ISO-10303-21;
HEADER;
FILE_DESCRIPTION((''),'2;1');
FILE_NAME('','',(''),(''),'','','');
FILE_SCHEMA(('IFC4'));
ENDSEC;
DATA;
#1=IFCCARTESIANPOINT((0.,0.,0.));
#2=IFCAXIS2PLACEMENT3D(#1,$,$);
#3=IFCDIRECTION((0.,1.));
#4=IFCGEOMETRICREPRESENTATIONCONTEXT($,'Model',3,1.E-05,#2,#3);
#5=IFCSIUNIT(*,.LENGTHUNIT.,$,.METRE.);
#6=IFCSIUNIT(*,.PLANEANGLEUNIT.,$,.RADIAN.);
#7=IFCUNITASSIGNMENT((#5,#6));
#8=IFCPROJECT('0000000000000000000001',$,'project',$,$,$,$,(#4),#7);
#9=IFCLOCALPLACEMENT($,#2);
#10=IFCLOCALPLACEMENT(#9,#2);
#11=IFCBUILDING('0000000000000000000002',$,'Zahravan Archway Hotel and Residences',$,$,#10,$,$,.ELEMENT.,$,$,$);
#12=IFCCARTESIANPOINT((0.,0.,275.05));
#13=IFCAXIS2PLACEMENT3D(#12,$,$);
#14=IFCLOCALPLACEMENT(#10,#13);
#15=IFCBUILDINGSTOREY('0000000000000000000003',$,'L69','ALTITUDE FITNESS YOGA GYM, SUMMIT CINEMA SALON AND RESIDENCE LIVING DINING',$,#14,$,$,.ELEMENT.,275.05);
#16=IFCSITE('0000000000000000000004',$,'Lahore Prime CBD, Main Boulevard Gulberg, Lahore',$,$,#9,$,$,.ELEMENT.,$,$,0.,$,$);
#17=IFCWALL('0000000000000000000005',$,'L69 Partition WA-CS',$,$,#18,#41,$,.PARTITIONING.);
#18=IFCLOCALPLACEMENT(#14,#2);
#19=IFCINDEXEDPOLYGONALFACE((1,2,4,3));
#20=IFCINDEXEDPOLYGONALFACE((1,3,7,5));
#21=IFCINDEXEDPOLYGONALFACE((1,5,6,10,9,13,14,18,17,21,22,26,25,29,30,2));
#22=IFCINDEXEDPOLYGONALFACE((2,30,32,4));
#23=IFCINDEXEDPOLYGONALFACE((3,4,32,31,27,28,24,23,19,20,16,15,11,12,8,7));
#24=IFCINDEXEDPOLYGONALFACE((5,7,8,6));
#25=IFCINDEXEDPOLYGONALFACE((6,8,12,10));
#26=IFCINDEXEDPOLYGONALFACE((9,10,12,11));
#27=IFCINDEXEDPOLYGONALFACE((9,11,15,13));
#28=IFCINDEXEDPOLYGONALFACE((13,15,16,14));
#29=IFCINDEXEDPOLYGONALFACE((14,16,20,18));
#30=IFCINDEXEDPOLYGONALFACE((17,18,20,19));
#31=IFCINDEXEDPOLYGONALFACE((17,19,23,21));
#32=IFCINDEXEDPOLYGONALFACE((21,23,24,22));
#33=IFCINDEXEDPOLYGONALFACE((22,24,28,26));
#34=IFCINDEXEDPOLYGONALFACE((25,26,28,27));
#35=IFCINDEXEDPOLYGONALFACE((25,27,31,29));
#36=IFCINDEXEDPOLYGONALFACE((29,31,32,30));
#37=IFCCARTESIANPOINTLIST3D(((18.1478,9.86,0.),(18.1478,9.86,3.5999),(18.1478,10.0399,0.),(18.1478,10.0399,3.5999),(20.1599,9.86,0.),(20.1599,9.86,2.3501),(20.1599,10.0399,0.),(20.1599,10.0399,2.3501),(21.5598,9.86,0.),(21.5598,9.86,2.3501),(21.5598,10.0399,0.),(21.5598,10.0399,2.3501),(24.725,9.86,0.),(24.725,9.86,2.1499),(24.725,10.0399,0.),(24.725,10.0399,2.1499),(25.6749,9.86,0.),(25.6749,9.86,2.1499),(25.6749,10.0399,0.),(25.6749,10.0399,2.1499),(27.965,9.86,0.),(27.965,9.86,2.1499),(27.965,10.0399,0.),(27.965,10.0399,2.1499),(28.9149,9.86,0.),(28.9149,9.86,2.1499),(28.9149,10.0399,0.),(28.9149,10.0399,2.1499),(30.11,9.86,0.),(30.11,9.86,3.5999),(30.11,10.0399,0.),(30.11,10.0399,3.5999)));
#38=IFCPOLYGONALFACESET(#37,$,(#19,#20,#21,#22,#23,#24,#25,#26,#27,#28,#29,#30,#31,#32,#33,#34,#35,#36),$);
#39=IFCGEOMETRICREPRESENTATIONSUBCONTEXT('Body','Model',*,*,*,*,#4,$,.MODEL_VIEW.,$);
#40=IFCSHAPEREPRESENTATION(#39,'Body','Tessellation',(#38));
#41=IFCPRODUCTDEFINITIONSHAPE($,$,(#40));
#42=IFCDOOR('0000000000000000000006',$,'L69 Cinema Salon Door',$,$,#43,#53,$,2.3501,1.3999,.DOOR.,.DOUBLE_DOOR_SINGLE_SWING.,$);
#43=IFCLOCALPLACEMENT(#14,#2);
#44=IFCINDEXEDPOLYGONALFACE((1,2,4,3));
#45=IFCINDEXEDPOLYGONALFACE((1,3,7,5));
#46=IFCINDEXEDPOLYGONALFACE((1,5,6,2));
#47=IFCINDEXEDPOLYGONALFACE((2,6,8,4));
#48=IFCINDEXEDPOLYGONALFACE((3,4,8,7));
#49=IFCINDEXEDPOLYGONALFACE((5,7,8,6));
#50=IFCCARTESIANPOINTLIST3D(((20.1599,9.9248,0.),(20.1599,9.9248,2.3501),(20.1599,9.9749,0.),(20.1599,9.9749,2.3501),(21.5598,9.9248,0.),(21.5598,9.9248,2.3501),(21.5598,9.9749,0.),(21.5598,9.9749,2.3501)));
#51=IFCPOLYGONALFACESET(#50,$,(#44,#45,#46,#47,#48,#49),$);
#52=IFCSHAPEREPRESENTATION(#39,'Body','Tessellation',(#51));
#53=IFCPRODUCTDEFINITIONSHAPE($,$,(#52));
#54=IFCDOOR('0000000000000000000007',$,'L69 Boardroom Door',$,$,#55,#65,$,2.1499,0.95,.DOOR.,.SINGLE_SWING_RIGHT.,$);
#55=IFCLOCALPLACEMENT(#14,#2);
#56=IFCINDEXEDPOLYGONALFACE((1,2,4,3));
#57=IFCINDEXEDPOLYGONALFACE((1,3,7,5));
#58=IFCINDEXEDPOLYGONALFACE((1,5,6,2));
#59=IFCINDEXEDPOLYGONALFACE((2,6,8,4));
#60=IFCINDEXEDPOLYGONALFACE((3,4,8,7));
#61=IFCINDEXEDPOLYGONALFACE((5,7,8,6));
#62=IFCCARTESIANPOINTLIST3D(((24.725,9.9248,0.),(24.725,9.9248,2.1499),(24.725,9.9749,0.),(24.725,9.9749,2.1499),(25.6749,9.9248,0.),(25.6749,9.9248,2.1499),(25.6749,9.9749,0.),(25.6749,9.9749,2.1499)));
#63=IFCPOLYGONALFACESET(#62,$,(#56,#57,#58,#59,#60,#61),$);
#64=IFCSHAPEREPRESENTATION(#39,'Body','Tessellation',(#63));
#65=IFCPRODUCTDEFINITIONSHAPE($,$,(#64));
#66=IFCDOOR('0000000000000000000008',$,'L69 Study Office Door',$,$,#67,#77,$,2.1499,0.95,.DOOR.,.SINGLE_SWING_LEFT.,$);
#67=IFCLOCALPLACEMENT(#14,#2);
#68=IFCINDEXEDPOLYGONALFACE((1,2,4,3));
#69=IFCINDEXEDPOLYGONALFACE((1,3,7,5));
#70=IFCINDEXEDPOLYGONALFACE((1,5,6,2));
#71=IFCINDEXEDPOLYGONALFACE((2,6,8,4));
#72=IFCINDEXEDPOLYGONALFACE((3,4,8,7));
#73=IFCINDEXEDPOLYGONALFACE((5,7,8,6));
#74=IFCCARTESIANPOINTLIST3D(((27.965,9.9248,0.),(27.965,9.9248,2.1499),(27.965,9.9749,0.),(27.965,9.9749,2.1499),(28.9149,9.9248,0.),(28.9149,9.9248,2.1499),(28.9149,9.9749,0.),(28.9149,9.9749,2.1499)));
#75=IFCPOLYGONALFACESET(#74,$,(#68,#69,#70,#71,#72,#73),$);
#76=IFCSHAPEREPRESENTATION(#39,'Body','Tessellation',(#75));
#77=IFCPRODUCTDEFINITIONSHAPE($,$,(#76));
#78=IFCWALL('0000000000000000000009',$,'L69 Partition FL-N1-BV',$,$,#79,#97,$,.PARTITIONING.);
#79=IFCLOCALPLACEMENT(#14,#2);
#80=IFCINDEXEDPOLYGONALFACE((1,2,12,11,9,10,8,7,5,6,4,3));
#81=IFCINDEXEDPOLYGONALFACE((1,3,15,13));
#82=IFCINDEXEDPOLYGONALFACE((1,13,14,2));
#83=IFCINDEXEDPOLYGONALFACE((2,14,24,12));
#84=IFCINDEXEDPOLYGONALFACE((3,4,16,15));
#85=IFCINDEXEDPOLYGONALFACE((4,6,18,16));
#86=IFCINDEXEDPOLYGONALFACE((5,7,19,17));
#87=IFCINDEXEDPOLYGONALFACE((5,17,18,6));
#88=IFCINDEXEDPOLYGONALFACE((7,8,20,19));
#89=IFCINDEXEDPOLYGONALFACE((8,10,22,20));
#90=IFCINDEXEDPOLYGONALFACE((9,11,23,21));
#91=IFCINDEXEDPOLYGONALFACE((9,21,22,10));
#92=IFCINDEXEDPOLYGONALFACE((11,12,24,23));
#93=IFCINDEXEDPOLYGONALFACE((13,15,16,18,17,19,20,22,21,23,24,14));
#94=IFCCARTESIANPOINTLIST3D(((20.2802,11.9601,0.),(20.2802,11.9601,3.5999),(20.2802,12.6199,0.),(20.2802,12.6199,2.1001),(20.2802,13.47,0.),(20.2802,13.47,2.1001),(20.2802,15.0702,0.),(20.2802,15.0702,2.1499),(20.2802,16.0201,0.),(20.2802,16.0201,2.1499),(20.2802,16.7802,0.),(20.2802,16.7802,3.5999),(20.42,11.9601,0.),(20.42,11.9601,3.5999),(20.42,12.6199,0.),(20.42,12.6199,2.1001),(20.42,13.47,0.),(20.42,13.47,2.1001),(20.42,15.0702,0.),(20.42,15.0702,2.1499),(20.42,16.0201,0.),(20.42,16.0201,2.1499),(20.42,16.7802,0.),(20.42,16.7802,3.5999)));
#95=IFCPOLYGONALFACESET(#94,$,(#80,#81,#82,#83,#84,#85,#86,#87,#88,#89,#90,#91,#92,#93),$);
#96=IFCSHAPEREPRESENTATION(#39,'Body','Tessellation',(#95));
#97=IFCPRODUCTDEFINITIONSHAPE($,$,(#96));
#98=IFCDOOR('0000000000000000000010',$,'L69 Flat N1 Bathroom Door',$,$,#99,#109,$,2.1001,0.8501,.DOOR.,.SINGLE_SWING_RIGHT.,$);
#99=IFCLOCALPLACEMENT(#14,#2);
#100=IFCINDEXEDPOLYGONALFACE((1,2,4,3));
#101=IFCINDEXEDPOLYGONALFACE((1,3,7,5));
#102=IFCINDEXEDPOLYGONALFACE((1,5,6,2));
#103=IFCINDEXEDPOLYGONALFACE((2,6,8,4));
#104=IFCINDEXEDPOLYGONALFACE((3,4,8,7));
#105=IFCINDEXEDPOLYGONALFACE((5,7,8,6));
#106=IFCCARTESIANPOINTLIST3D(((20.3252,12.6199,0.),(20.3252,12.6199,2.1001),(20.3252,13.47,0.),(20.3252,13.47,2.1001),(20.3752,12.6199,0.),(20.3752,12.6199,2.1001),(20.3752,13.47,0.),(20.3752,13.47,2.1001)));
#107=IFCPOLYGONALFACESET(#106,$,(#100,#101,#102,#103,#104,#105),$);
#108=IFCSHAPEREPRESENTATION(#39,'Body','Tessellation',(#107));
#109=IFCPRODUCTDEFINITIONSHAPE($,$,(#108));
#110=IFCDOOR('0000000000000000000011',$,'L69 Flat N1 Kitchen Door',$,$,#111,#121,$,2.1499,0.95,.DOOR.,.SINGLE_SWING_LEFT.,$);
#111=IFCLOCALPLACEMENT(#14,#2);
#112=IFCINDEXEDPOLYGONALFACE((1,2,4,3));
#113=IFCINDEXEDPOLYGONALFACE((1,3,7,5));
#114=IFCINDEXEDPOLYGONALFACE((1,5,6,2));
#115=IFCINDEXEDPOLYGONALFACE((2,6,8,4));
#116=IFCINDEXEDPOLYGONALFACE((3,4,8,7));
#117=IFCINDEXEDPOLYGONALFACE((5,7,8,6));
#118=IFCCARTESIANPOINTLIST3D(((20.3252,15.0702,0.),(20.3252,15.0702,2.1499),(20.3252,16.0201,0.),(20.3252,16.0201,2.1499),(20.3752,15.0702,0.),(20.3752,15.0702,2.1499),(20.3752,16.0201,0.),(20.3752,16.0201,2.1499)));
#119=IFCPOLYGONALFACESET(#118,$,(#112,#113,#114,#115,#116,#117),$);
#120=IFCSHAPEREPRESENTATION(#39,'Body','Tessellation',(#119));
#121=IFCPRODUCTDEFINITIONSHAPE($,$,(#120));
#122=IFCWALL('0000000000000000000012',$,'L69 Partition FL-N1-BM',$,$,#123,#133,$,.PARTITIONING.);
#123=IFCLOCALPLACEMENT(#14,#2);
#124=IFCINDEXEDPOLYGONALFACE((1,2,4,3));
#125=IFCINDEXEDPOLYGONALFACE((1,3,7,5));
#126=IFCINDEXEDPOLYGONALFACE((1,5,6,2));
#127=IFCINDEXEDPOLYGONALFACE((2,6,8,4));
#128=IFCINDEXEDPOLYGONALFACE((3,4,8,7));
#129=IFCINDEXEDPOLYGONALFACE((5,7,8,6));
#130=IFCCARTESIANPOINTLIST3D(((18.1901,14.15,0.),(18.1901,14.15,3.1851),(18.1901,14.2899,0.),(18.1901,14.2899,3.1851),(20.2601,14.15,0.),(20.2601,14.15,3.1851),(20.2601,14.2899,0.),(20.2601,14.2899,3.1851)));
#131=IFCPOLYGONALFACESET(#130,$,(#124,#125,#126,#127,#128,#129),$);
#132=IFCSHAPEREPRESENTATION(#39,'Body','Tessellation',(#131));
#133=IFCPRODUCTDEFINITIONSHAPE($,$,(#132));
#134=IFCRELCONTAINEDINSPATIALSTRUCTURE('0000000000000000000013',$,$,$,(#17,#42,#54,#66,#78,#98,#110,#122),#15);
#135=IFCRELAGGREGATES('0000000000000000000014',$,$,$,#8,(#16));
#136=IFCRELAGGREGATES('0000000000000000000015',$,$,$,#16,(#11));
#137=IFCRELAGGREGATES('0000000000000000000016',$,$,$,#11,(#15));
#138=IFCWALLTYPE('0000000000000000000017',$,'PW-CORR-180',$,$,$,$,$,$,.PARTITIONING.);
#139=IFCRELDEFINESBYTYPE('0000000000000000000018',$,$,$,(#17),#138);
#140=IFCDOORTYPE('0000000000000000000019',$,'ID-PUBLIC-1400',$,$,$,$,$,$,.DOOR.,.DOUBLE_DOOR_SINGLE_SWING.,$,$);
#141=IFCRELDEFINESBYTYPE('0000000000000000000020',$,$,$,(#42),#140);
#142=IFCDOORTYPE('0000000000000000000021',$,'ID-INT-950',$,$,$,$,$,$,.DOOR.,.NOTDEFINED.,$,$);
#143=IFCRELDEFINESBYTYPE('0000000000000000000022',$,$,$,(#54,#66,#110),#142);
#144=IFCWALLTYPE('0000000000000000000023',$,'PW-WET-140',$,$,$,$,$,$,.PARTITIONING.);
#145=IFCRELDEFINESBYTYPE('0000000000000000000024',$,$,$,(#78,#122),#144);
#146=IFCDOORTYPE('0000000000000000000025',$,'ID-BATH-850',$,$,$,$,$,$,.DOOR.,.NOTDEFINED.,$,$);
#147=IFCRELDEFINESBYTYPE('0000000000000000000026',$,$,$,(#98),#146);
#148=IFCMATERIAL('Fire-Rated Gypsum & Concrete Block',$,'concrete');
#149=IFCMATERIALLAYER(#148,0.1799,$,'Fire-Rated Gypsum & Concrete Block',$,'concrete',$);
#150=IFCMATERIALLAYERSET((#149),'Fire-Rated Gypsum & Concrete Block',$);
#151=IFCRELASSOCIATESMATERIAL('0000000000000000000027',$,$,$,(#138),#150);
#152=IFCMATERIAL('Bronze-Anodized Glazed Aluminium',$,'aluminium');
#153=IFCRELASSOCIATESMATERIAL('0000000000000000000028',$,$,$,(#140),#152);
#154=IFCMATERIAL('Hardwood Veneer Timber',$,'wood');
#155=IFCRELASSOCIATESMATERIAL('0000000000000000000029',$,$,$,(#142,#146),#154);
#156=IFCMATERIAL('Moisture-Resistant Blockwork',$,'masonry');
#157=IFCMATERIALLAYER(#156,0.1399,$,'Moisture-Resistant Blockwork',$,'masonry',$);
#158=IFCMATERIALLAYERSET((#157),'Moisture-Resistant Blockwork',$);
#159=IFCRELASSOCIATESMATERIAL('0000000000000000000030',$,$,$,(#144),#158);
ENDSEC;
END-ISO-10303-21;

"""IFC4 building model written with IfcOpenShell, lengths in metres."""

from ifc_helpers import new_model, si_unit, direction, frame, frame_2d, origin, place, context, subcontext, project, spatial, rectangle, extrude, source, transform, mapped, material, layer, layer_set, type_object, type_shapes, element, fill, save


model = new_model("IFC4")

# Units and contexts
model_context = context("Model", 3, precision=1e-05, world=origin(), true_north=direction((0.0, 1.0)))
body_context = subcontext(model_context, "Body", "Model", "MODEL_VIEW")
ifc_project = project(units=[si_unit("LENGTHUNIT", "METRE"), si_unit("PLANEANGLEUNIT", "RADIAN")], contexts=[model_context])

# Site, building, storey
site_placement = place(None, origin())
site = spatial("IfcSite", under=ifc_project, at=site_placement, Name="Lahore Prime CBD, Main Boulevard Gulberg, Lahore", CompositionType="ELEMENT", RefElevation=0.0)
building_placement = place(site_placement, origin())
building = spatial("IfcBuilding", under=site, at=building_placement, Name="Zahravan Archway Hotel and Residences", CompositionType="ELEMENT")
storey_placement = place(building_placement, frame((0.0, 0.0, 275.05)))
storey = spatial("IfcBuildingStorey", under=building, at=storey_placement, Name="L69", Description="ALTITUDE FITNESS YOGA GYM, SUMMIT CINEMA SALON AND RESIDENCE LIVING DINING", CompositionType="ELEMENT", Elevation=275.05)

# Shared definitions
ifc_material_1 = material(Name="Fire-Rated Gypsum & Concrete Block", Category="concrete")
ifc_material_2 = material(Name="Hardwood Veneer Timber", Category="wood")

# Walls, openings, doors
ifc_layer_1 = layer(ifc_material_1, 0.1799, Name="Fire-Rated Gypsum & Concrete Block", Category="concrete")
ifc_layer_set_1 = layer_set([ifc_layer_1], Name="Fire-Rated Gypsum & Concrete Block")
wall_type_1 = type_object("IfcWallType", Name="PW-CORR-180", PredefinedType="PARTITIONING", material=ifc_layer_set_1)
wall_1_placement = place(storey_placement, frame((18.1479, 9.95, 0.0), z_axis=(0.0, 0.0, 1.0), x_axis=(1.0, 0.0, 0.0)))
wall_1 = element("IfcWall", 1, at=wall_1_placement, inside=storey, type_object=wall_type_1, Name="L69 Partition WA-CS", PredefinedType="PARTITIONING", context=body_context, shape_type="SweptSolid", body=[
    extrude(rectangle(XDim=11.9622, YDim=0.1799, at=frame_2d((5.981, 0.0))), origin(), (0.0, 0.0, 1.0), 3.5999),
])
opening_1_placement = place(wall_1_placement, frame((2.012, 0.0, 0.0)))
opening_1 = element("IfcOpeningElement", 2, at=opening_1_placement, cuts=wall_1, PredefinedType="OPENING", context=body_context, shape_type="SweptSolid", body=[
    extrude(rectangle(XDim=1.3999, YDim=2.3501, at=frame_2d((0.7, 1.175))), frame((0.0, 0.1001, 0.0), z_axis=(0.0, -1.0, 0.0), x_axis=(1.0, 0.0, 0.0)), (0.0, 0.0, 1.0), 0.2),
])
opening_2_placement = place(wall_1_placement, frame((6.5769, 0.0, 0.0)))
opening_2 = element("IfcOpeningElement", 3, at=opening_2_placement, cuts=wall_1, PredefinedType="OPENING", context=body_context, shape_type="SweptSolid", body=[
    extrude(rectangle(XDim=0.95, YDim=2.1499, at=frame_2d((0.4751, 1.075))), frame((0.0, 0.1001, 0.0), z_axis=(0.0, -1.0, 0.0), x_axis=(1.0, 0.0, 0.0)), (0.0, 0.0, 1.0), 0.2),
])
opening_3_placement = place(wall_1_placement, frame((9.8169, 0.0, 0.0)))
opening_3 = element("IfcOpeningElement", 4, at=opening_3_placement, cuts=wall_1, PredefinedType="OPENING", context=body_context, shape_type="SweptSolid", body=[
    extrude(rectangle(XDim=0.95, YDim=2.1499, at=frame_2d((0.4751, 1.075))), frame((0.0, 0.1001, 0.0), z_axis=(0.0, -1.0, 0.0), x_axis=(1.0, 0.0, 0.0)), (0.0, 0.0, 1.0), 0.2),
])
ifc_material_3 = material(Name="Bronze-Anodized Glazed Aluminium", Category="aluminium")
door_type_1 = type_object("IfcDoorType", Name="ID-PUBLIC-1400", OperationType="DOUBLE_DOOR_SINGLE_SWING", PredefinedType="DOOR", material=ifc_material_3)
shared_shape_1 = source(origin(), body_context, "Body", "SweptSolid", [
    extrude(rectangle(XDim=1.3999, YDim=2.3501, at=frame_2d((0.7, 1.175))), frame((0.0, 0.0249, 0.0), z_axis=(0.0, -1.0, 0.0), x_axis=(1.0, 0.0, 0.0)), (0.0, 0.0, 1.0), 0.05),
])
type_shapes(door_type_1, [shared_shape_1])
door_1_placement = place(opening_1_placement, origin())
door_1 = element("IfcDoor", 5, at=door_1_placement, inside=storey, type_object=door_type_1, Name="L69 Cinema Salon Door", OperationType="DOUBLE_DOOR_SINGLE_SWING", OverallHeight=2.3501, OverallWidth=1.3999, PredefinedType="DOOR", context=body_context, shape_type="MappedRepresentation", body=[
    mapped(shared_shape_1, transform((0.0, 0.0, 0.0), scale=1.0)),
])
fill(opening_1, door_1)
door_type_2 = type_object("IfcDoorType", Name="ID-INT-950", OperationType="NOTDEFINED", PredefinedType="DOOR", material=ifc_material_2)
shared_shape_2 = source(origin(), body_context, "Body", "SweptSolid", [
    extrude(rectangle(XDim=0.95, YDim=2.1499, at=frame_2d((0.4751, 1.075))), frame((0.0, 0.0249, 0.0), z_axis=(0.0, -1.0, 0.0), x_axis=(1.0, 0.0, 0.0)), (0.0, 0.0, 1.0), 0.05),
])
type_shapes(door_type_2, [shared_shape_2])
door_2_placement = place(opening_2_placement, origin())
door_2 = element("IfcDoor", 6, at=door_2_placement, inside=storey, type_object=door_type_2, Name="L69 Boardroom Door", OperationType="SINGLE_SWING_RIGHT", OverallHeight=2.1499, OverallWidth=0.95, PredefinedType="DOOR", context=body_context, shape_type="MappedRepresentation", body=[
    mapped(shared_shape_2, transform((0.0, 0.0, 0.0), scale=1.0)),
])
fill(opening_2, door_2)
door_3_placement = place(opening_3_placement, origin())
door_3 = element("IfcDoor", 7, at=door_3_placement, inside=storey, type_object=door_type_2, Name="L69 Study Office Door", OperationType="SINGLE_SWING_LEFT", OverallHeight=2.1499, OverallWidth=0.95, PredefinedType="DOOR", context=body_context, shape_type="MappedRepresentation", body=[
    mapped(shared_shape_2, transform((0.0, 0.0, 0.0), scale=1.0)),
])
fill(opening_3, door_3)
ifc_material_4 = material(Name="Moisture-Resistant Blockwork", Category="masonry")
ifc_layer_2 = layer(ifc_material_4, 0.1399, Name="Moisture-Resistant Blockwork", Category="masonry")
ifc_layer_set_2 = layer_set([ifc_layer_2], Name="Moisture-Resistant Blockwork")
wall_type_2 = type_object("IfcWallType", Name="PW-WET-140", PredefinedType="PARTITIONING", material=ifc_layer_set_2)
wall_2_placement = place(storey_placement, frame((20.3501, 11.96, 0.0), z_axis=(0.0, 0.0, 1.0), x_axis=(0.0, 1.0, 0.0)))
wall_2 = element("IfcWall", 8, at=wall_2_placement, inside=storey, type_object=wall_type_2, Name="L69 Partition FL-N1-BV", PredefinedType="PARTITIONING", context=body_context, shape_type="SweptSolid", body=[
    extrude(rectangle(XDim=4.8201, YDim=0.1399, at=frame_2d((2.4102, 0.0))), origin(), (0.0, 0.0, 1.0), 3.5999),
])
opening_4_placement = place(wall_2_placement, frame((0.6599, 0.0, 0.0)))
opening_4 = element("IfcOpeningElement", 9, at=opening_4_placement, cuts=wall_2, PredefinedType="OPENING", context=body_context, shape_type="SweptSolid", body=[
    extrude(rectangle(XDim=0.8501, YDim=2.1001, at=frame_2d((0.425, 1.05))), frame((0.0, 0.0801, 0.0), z_axis=(0.0, -1.0, 0.0), x_axis=(1.0, 0.0, 0.0)), (0.0, 0.0, 1.0), 0.1599),
])
opening_5_placement = place(wall_2_placement, frame((3.1101, 0.0, 0.0)))
opening_5 = element("IfcOpeningElement", 10, at=opening_5_placement, cuts=wall_2, PredefinedType="OPENING", context=body_context, shape_type="SweptSolid", body=[
    extrude(rectangle(XDim=0.95, YDim=2.1499, at=frame_2d((0.4751, 1.075))), frame((0.0, 0.0801, 0.0), z_axis=(0.0, -1.0, 0.0), x_axis=(1.0, 0.0, 0.0)), (0.0, 0.0, 1.0), 0.1599),
])
door_type_3 = type_object("IfcDoorType", Name="ID-BATH-850", OperationType="NOTDEFINED", PredefinedType="DOOR", material=ifc_material_2)
shared_shape_3 = source(origin(), body_context, "Body", "SweptSolid", [
    extrude(rectangle(XDim=0.8501, YDim=2.1001, at=frame_2d((0.425, 1.05))), frame((0.0, 0.0249, 0.0), z_axis=(0.0, -1.0, 0.0), x_axis=(1.0, 0.0, 0.0)), (0.0, 0.0, 1.0), 0.05),
])
type_shapes(door_type_3, [shared_shape_3])
door_4_placement = place(opening_4_placement, origin())
door_4 = element("IfcDoor", 11, at=door_4_placement, inside=storey, type_object=door_type_3, Name="L69 Flat N1 Bathroom Door", OperationType="SINGLE_SWING_RIGHT", OverallHeight=2.1001, OverallWidth=0.8501, PredefinedType="DOOR", context=body_context, shape_type="MappedRepresentation", body=[
    mapped(shared_shape_3, transform((0.0, 0.0, 0.0), scale=1.0)),
])
fill(opening_4, door_4)
door_5_placement = place(opening_5_placement, origin())
door_5 = element("IfcDoor", 12, at=door_5_placement, inside=storey, type_object=door_type_2, Name="L69 Flat N1 Kitchen Door", OperationType="SINGLE_SWING_LEFT", OverallHeight=2.1499, OverallWidth=0.95, PredefinedType="DOOR", context=body_context, shape_type="MappedRepresentation", body=[
    mapped(shared_shape_2, transform((0.0, 0.0, 0.0), scale=1.0)),
])
fill(opening_5, door_5)

# Wall
wall_3_placement = place(storey_placement, frame((18.1899, 14.22, 0.0), z_axis=(0.0, 0.0, 1.0), x_axis=(1.0, 0.0, 0.0)))
element("IfcWall", 13, at=wall_3_placement, inside=storey, type_object=wall_type_2, Name="L69 Partition FL-N1-BM", PredefinedType="PARTITIONING", context=body_context, shape_type="SweptSolid", body=[
    extrude(rectangle(XDim=2.0701, YDim=0.1399, at=frame_2d((1.0352, 0.0))), origin(), (0.0, 0.0, 1.0), 3.1851),
])

save(model, "model.ifc")
